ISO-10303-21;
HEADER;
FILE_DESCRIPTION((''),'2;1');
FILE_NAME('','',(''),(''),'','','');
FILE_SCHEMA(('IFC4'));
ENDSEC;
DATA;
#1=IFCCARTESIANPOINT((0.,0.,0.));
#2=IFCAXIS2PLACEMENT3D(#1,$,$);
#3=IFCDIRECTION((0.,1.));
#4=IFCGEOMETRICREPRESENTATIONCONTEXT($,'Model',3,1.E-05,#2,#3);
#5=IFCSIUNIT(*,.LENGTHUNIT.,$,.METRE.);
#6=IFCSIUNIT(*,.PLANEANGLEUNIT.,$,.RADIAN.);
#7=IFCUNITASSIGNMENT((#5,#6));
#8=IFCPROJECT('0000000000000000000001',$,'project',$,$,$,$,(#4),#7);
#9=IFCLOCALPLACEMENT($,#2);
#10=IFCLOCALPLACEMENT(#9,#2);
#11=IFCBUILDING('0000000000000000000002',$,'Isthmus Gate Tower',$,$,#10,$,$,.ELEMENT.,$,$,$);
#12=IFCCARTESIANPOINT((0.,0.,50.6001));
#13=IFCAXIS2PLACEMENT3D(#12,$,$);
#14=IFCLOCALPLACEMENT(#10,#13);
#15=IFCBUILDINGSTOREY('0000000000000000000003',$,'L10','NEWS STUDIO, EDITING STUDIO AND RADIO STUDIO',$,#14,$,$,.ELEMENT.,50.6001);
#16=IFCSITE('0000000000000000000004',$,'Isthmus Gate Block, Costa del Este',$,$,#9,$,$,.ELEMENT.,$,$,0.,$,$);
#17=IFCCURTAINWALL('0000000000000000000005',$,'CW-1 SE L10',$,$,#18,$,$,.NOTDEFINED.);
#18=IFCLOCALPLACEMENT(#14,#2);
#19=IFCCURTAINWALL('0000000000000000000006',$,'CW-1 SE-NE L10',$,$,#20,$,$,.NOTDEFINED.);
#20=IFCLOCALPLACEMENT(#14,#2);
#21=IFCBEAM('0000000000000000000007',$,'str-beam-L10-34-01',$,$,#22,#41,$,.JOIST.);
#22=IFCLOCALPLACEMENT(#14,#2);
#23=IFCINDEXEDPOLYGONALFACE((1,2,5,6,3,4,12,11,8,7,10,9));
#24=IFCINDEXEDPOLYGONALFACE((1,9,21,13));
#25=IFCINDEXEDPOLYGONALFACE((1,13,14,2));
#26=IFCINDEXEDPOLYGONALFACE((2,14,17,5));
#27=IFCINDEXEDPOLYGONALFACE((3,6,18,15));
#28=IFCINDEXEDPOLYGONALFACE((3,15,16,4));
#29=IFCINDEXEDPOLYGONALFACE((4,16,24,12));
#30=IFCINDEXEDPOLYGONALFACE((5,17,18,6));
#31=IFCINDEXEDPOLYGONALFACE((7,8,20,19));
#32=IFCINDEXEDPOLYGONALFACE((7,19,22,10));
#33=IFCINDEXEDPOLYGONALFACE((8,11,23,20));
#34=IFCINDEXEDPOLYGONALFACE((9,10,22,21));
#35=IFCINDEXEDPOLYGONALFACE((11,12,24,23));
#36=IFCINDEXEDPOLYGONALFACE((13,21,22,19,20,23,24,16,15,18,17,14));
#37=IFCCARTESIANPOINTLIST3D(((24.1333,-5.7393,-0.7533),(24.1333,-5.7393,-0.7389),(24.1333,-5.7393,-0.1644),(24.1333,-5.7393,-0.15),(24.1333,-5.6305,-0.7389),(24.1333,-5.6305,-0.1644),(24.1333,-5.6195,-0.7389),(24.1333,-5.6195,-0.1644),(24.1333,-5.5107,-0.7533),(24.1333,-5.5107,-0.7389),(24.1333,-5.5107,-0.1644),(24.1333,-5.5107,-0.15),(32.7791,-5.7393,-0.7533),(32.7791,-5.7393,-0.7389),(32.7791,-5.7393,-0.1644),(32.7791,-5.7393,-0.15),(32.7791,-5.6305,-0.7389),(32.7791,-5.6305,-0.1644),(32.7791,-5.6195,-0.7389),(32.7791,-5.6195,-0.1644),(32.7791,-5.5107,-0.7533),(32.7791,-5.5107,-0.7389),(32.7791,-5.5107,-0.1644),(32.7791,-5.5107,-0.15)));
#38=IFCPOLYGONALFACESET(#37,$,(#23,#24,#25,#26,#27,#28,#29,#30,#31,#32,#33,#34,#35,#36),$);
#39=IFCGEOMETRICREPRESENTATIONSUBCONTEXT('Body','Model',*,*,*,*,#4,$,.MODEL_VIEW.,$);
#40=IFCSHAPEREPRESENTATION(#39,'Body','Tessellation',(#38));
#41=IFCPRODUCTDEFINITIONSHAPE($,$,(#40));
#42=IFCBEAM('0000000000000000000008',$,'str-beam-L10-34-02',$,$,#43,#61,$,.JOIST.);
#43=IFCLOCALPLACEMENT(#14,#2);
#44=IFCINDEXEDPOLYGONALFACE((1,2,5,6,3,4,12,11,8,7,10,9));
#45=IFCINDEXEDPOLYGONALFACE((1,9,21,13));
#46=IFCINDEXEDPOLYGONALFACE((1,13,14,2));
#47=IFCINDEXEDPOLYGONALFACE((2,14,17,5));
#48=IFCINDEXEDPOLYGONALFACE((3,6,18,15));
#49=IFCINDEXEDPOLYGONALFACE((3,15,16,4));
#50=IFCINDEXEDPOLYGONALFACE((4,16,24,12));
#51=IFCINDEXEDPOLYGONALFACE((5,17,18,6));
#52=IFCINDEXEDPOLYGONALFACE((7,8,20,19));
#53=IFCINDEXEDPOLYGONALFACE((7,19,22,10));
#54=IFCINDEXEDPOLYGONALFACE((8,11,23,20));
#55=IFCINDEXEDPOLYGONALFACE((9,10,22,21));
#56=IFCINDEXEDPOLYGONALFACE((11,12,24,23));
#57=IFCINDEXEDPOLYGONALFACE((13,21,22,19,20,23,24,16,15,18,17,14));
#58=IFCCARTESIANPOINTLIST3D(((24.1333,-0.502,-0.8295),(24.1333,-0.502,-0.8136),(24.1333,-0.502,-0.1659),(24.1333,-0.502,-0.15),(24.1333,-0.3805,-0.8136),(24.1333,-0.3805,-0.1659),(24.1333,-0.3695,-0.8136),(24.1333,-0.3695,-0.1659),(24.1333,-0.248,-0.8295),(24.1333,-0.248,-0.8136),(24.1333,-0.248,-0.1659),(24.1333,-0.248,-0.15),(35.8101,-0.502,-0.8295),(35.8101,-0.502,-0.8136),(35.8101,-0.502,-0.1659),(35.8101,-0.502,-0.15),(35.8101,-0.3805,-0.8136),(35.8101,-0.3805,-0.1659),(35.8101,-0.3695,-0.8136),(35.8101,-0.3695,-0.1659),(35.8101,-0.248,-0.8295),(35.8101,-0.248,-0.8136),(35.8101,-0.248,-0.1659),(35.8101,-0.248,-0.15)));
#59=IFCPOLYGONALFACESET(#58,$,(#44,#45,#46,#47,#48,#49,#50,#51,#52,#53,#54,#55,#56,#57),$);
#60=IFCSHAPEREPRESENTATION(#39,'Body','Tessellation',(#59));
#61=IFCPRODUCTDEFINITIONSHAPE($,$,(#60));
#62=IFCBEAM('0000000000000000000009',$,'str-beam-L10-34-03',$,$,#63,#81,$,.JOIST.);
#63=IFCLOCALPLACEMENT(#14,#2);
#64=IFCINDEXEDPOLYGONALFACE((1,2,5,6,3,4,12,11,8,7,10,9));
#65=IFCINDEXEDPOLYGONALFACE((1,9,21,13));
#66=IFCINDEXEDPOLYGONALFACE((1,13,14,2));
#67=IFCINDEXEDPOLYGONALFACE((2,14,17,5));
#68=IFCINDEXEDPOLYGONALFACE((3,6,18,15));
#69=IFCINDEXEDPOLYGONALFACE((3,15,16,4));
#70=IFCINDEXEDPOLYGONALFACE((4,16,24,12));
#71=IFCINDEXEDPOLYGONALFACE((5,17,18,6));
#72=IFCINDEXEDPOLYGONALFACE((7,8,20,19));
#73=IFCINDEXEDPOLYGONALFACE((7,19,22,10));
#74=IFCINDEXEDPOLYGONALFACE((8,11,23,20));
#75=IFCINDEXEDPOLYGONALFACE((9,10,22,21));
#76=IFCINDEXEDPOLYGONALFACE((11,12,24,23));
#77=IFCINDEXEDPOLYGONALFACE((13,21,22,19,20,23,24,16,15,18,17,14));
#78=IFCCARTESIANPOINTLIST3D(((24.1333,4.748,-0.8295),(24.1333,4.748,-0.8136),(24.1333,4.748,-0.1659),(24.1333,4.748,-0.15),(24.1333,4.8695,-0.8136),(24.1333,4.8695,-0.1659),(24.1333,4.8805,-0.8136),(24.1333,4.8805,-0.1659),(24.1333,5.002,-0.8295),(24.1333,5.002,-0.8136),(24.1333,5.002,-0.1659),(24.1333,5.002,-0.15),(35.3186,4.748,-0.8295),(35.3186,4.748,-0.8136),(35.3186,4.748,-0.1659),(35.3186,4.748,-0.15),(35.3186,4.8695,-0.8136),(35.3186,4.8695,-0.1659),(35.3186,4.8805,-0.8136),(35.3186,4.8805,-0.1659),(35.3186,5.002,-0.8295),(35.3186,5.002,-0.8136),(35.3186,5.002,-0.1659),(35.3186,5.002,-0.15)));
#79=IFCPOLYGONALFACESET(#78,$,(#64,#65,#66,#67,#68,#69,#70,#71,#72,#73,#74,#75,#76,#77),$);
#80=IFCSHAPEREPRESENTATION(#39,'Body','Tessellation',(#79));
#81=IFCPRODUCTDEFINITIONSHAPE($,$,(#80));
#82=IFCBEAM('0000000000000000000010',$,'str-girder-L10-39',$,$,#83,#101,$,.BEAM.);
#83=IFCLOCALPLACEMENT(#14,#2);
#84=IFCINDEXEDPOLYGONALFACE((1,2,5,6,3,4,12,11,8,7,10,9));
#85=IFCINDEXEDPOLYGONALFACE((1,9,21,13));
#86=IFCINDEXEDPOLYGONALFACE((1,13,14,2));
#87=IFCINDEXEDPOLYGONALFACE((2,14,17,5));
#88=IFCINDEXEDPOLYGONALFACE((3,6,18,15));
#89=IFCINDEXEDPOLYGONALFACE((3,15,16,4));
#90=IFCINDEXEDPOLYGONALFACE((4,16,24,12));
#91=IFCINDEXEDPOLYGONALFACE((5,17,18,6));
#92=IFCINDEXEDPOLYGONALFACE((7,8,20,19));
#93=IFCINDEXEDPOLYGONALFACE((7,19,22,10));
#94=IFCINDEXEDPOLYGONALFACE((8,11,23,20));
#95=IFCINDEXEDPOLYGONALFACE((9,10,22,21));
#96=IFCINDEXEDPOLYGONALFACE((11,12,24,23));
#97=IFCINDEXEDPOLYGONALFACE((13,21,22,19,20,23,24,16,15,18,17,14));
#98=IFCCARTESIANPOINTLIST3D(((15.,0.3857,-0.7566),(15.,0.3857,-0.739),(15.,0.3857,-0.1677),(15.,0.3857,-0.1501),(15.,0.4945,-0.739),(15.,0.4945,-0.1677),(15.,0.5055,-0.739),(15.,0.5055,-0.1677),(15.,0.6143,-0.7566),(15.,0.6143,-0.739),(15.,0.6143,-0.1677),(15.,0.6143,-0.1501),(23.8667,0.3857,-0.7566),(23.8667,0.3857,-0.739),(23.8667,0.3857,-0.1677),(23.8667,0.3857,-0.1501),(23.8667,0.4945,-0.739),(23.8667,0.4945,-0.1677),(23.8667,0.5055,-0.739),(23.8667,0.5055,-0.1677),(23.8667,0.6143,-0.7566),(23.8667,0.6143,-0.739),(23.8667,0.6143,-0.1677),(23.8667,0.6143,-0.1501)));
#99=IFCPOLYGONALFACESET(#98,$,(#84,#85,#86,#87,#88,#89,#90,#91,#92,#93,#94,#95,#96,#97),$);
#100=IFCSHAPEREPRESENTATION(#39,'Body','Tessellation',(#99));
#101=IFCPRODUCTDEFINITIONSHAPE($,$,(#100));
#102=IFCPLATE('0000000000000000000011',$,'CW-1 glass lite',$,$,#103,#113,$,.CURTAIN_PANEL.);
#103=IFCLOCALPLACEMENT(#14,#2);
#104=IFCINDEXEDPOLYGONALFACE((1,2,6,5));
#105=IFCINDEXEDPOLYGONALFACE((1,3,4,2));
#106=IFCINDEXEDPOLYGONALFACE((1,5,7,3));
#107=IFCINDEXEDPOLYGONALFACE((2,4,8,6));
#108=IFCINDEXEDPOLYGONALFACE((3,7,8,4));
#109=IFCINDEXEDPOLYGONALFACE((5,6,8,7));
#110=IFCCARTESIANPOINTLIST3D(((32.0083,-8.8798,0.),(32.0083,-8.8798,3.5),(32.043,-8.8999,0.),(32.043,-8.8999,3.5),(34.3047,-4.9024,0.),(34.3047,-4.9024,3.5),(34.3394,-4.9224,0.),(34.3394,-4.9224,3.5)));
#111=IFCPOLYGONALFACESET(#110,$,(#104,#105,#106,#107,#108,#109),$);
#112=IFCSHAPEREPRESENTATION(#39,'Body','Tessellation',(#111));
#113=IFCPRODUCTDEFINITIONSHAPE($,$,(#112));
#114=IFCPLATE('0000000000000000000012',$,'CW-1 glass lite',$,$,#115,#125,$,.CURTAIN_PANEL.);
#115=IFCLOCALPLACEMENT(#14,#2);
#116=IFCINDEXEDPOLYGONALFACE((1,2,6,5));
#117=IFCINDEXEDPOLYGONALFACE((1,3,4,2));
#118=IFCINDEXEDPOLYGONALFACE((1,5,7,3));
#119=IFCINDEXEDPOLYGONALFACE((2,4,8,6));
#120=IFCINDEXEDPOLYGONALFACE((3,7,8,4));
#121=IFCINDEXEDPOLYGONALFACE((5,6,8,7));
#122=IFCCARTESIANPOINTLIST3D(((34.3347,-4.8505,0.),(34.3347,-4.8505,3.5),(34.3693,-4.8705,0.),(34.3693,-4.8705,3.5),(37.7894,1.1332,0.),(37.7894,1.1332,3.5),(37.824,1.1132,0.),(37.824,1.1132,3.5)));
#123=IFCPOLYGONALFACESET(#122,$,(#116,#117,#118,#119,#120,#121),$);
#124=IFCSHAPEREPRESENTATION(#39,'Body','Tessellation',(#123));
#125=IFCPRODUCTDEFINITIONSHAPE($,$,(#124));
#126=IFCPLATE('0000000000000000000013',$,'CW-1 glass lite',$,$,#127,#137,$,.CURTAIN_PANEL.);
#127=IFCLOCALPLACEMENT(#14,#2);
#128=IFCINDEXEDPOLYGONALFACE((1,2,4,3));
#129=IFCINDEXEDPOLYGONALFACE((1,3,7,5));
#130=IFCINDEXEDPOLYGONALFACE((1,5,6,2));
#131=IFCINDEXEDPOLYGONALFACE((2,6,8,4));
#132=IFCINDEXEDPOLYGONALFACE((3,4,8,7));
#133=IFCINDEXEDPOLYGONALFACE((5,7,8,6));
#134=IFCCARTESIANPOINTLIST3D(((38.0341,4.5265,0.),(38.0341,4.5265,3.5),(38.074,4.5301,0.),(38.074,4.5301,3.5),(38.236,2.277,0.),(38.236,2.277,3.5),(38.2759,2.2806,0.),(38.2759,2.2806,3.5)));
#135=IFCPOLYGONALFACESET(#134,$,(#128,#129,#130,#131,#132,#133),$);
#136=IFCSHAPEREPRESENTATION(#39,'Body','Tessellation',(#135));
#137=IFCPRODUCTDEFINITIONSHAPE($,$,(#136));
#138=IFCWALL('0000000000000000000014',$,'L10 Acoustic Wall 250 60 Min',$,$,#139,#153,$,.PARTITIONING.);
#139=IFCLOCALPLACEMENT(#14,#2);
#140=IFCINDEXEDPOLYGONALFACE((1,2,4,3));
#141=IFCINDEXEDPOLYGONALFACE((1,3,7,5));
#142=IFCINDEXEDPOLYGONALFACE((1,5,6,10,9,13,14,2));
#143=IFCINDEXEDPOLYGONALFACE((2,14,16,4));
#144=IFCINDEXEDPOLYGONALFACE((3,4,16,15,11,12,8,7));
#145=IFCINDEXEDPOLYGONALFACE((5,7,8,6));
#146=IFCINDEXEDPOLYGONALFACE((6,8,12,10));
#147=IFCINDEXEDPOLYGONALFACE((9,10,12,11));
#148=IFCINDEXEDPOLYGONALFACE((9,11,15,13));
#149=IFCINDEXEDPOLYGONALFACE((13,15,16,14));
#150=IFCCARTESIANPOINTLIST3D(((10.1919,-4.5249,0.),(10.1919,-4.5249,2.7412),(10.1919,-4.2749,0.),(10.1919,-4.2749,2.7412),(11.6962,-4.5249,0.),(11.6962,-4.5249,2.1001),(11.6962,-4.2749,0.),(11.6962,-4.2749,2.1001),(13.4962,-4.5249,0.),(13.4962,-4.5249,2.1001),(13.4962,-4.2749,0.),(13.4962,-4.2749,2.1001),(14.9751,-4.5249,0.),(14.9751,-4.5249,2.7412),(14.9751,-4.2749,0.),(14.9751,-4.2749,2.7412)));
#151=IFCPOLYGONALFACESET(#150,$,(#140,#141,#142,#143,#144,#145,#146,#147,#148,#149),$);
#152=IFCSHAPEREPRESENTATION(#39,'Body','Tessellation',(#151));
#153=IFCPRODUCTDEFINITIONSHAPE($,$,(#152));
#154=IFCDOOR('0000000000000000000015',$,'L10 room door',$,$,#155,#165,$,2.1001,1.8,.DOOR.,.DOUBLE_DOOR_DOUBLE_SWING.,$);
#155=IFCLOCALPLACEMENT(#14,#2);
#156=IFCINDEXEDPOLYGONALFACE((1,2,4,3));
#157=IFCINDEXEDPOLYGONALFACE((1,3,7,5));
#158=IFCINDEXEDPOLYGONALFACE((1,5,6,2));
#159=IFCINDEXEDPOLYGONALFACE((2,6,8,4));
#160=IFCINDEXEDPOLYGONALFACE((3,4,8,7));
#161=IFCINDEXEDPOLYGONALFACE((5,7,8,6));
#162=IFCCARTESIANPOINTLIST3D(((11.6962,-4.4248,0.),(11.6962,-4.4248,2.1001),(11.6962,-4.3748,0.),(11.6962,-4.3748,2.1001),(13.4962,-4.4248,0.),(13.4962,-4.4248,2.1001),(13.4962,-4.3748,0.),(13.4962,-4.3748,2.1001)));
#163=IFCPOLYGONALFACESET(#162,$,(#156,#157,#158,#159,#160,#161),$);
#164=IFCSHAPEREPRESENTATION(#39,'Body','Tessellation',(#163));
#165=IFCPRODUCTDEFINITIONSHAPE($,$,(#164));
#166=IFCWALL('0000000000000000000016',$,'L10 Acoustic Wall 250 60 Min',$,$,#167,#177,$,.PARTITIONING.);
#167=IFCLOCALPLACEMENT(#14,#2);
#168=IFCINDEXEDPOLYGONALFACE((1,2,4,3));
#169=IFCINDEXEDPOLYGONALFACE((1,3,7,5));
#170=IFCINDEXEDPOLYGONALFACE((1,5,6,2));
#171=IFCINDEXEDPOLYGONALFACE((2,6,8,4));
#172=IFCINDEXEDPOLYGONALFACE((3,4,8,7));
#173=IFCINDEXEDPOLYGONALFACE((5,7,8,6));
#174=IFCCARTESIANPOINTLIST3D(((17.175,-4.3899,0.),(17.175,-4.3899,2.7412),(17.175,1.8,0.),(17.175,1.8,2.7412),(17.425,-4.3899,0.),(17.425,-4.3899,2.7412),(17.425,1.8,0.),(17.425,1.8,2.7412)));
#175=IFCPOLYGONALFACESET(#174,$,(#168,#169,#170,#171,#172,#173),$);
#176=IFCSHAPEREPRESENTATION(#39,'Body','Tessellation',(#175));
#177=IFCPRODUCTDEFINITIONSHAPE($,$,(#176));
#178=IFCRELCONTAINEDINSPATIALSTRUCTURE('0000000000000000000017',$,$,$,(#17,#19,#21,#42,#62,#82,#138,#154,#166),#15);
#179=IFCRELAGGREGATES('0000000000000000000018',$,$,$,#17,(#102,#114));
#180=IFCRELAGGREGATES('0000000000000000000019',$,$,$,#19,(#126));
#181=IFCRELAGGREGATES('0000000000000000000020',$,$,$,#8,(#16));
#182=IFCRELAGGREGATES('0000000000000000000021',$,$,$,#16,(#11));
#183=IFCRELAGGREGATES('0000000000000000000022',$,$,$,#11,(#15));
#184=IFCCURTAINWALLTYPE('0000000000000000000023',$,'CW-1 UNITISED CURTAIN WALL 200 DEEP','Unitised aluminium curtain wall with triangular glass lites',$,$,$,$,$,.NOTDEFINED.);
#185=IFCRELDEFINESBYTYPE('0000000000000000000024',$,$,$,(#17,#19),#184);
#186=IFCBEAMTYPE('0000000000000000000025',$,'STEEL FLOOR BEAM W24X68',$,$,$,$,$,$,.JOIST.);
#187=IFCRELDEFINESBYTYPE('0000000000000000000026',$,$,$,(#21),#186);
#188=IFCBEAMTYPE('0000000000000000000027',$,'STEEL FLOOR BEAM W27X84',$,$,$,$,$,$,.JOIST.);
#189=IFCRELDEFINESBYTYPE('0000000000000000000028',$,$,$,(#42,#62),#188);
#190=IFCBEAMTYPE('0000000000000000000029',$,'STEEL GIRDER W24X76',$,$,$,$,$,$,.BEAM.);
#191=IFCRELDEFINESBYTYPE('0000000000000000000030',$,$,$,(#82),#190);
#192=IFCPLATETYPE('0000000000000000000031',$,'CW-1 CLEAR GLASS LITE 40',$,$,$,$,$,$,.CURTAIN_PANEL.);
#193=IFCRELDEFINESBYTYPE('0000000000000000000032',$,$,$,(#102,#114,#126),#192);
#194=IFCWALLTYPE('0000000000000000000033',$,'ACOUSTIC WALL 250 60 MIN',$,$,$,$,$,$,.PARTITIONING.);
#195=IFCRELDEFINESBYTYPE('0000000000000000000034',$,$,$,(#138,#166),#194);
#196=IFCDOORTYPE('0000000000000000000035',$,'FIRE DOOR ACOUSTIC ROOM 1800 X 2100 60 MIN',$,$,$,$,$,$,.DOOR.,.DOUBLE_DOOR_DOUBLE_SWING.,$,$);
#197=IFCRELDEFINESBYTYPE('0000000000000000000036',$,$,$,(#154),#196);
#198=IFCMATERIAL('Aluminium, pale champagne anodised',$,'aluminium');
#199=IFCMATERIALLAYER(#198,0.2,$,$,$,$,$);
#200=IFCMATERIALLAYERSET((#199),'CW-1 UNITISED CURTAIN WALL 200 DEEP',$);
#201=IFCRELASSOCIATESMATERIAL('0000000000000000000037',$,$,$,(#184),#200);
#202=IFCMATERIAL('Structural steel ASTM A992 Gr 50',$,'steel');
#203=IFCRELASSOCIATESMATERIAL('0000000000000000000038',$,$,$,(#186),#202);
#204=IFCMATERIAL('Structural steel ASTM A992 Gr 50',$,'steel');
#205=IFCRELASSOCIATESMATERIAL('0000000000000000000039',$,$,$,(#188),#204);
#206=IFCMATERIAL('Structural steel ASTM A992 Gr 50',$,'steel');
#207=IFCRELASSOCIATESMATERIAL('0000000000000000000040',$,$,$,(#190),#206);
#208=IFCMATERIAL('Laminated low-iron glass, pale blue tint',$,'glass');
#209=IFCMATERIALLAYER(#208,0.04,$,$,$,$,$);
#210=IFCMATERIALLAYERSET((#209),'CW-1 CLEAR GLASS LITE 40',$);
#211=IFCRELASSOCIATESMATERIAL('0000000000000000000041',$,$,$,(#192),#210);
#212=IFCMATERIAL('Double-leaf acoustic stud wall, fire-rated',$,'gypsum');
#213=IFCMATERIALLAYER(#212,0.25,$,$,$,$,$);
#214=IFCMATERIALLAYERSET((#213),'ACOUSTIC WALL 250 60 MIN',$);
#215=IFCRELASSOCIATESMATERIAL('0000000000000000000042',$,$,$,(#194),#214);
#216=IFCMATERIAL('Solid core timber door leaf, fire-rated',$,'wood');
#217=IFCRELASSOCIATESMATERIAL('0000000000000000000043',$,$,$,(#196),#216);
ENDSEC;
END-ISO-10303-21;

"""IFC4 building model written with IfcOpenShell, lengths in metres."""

from ifc_helpers import new_model, si_unit, direction, frame, frame_2d, origin, origin_2d, place, context, subcontext, project, spatial, rectangle, i_section, extrude, material, layer, layer_set, material_profile, profile_set, type_object, element, fill, aggregate, save


model = new_model("IFC4")

# Units and contexts
model_context = context("Model", 3, precision=1e-05, world=origin(), true_north=direction((0.0, 1.0)))
body_context = subcontext(model_context, "Body", "Model", "MODEL_VIEW")
ifc_project = project(units=[si_unit("LENGTHUNIT", "METRE"), si_unit("PLANEANGLEUNIT", "RADIAN")], contexts=[model_context])

# Site, building, storey
site_placement = place(None, origin())
site = spatial("IfcSite", under=ifc_project, at=site_placement, Name="Isthmus Gate Block, Costa del Este", CompositionType="ELEMENT", RefElevation=0.0)
building_placement = place(site_placement, origin())
building = spatial("IfcBuilding", under=site, at=building_placement, Name="Isthmus Gate Tower", CompositionType="ELEMENT")
storey_placement = place(building_placement, frame((0.0, 0.0, 50.6001)))
storey = spatial("IfcBuildingStorey", under=building, at=storey_placement, Name="L10", Description="NEWS STUDIO, EDITING STUDIO AND RADIO STUDIO", CompositionType="ELEMENT", Elevation=50.6001)

# Curtain walls
ifc_material_1 = material(Name="Aluminium, pale champagne anodised", Category="aluminium")
ifc_layer_1 = layer(ifc_material_1, 0.2)
ifc_layer_set_1 = layer_set([ifc_layer_1], Name="CW-1 UNITISED CURTAIN WALL 200 DEEP")
curtain_wall_type = type_object("IfcCurtainWallType", Name="CW-1 UNITISED CURTAIN WALL 200 DEEP", Description="Unitised aluminium curtain wall with triangular glass lites", PredefinedType="NOTDEFINED", material=ifc_layer_set_1)
curtain_wall_1_placement = place(storey_placement, origin())
curtain_wall_1 = element("IfcCurtainWall", 1, at=curtain_wall_1_placement, inside=storey, type_object=curtain_wall_type, Name="CW-1 SE L10", PredefinedType="NOTDEFINED")
curtain_wall_2_placement = place(storey_placement, origin())
curtain_wall_2 = element("IfcCurtainWall", 2, at=curtain_wall_2_placement, inside=storey, type_object=curtain_wall_type, Name="CW-1 SE-NE L10", PredefinedType="NOTDEFINED")

# Beams
ifc_material_2 = material(Name="Structural steel ASTM A992 Gr 50", Category="steel")
ifc_material_profile_1 = material_profile(ifc_material_2, i_section(OverallWidth=0.2285, OverallDepth=0.6033, WebThickness=0.011, FlangeThickness=0.0144, at=origin_2d()), Name="W24X68")
ifc_profile_set_1 = profile_set([ifc_material_profile_1], Name="Structural steel ASTM A992 Gr 50")
beam_type_1 = type_object("IfcBeamType", Name="STEEL FLOOR BEAM W24X68", PredefinedType="JOIST", material=ifc_profile_set_1)
beam_1_placement = place(storey_placement, frame((24.1333, -5.625, -0.4517), z_axis=(1.0, 0.0, 0.0), x_axis=(0.0, 1.0, 0.0)))
element("IfcBeam", 3, at=beam_1_placement, inside=storey, type_object=beam_type_1, Name="str-beam-L10-34-01", PredefinedType="JOIST", context=body_context, shape_type="SweptSolid", body=[
    extrude(i_section(OverallWidth=0.2285, OverallDepth=0.6033, WebThickness=0.011, FlangeThickness=0.0144, at=origin_2d()), origin(), (0.0, 0.0, 1.0), 8.6458),
])
ifc_material_3 = material(Name="Structural steel ASTM A992 Gr 50", Category="steel")
ifc_material_profile_2 = material_profile(ifc_material_3, i_section(OverallWidth=0.2539, OverallDepth=0.6794, WebThickness=0.011, FlangeThickness=0.0159, at=origin_2d()), Name="W27X84")
ifc_profile_set_2 = profile_set([ifc_material_profile_2], Name="Structural steel ASTM A992 Gr 50")
beam_type_2 = type_object("IfcBeamType", Name="STEEL FLOOR BEAM W27X84", PredefinedType="JOIST", material=ifc_profile_set_2)
beam_2_placement = place(storey_placement, frame((24.1333, -0.375, -0.4897), z_axis=(1.0, 0.0, 0.0), x_axis=(0.0, 1.0, 0.0)))
element("IfcBeam", 4, at=beam_2_placement, inside=storey, type_object=beam_type_2, Name="str-beam-L10-34-02", PredefinedType="JOIST", context=body_context, shape_type="SweptSolid", body=[
    extrude(i_section(OverallWidth=0.2539, OverallDepth=0.6794, WebThickness=0.011, FlangeThickness=0.0159, at=origin_2d()), origin(), (0.0, 0.0, 1.0), 11.6768),
])
beam_3_placement = place(storey_placement, frame((24.1333, 4.875, -0.4897), z_axis=(1.0, 0.0, 0.0), x_axis=(0.0, 1.0, 0.0)))
element("IfcBeam", 5, at=beam_3_placement, inside=storey, type_object=beam_type_2, Name="str-beam-L10-34-03", PredefinedType="JOIST", context=body_context, shape_type="SweptSolid", body=[
    extrude(i_section(OverallWidth=0.2539, OverallDepth=0.6794, WebThickness=0.011, FlangeThickness=0.0159, at=origin_2d()), origin(), (0.0, 0.0, 1.0), 11.1853),
])
ifc_material_4 = material(Name="Structural steel ASTM A992 Gr 50", Category="steel")
ifc_material_profile_3 = material_profile(ifc_material_4, i_section(OverallWidth=0.2285, OverallDepth=0.6064, WebThickness=0.011, FlangeThickness=0.0176, at=origin_2d()), Name="W24X76")
ifc_profile_set_3 = profile_set([ifc_material_profile_3], Name="Structural steel ASTM A992 Gr 50")
beam_type_3 = type_object("IfcBeamType", Name="STEEL GIRDER W24X76", PredefinedType="BEAM", material=ifc_profile_set_3)
beam_4_placement = place(storey_placement, frame((15.0, 0.5, -0.4534), z_axis=(1.0, 0.0, 0.0), x_axis=(0.0, 1.0, 0.0)))
element("IfcBeam", 6, at=beam_4_placement, inside=storey, type_object=beam_type_3, Name="str-girder-L10-39", PredefinedType="BEAM", context=body_context, shape_type="SweptSolid", body=[
    extrude(i_section(OverallWidth=0.2285, OverallDepth=0.6064, WebThickness=0.011, FlangeThickness=0.0176, at=origin_2d()), origin(), (0.0, 0.0, 1.0), 8.8667),
])

# Plates
ifc_material_5 = material(Name="Laminated low-iron glass, pale blue tint", Category="glass")
ifc_layer_2 = layer(ifc_material_5, 0.04)
ifc_layer_set_2 = layer_set([ifc_layer_2], Name="CW-1 CLEAR GLASS LITE 40")
plate_type = type_object("IfcPlateType", Name="CW-1 CLEAR GLASS LITE 40", PredefinedType="CURTAIN_PANEL", material=ifc_layer_set_2)
plate_1_placement = place(storey_placement, frame((33.1738, -6.9011, 0.0), z_axis=(0.0, 0.0, 1.0), x_axis=(0.5, 0.866025, 0.0)))
plate_1 = element("IfcPlate", 7, at=plate_1_placement, type_object=plate_type, Name="CW-1 glass lite", PredefinedType="CURTAIN_PANEL", context=body_context, shape_type="SweptSolid", body=[
    extrude(rectangle(XDim=4.5928, YDim=0.04, at=origin_2d()), origin(), (0.0, 0.0, 1.0), 3.5),
])
plate_2_placement = place(storey_placement, frame((36.0793, -1.8687, 0.0), z_axis=(0.0, 0.0, 1.0), x_axis=(0.5, 0.866025, 0.0)))
plate_2 = element("IfcPlate", 8, at=plate_2_placement, type_object=plate_type, Name="CW-1 glass lite", PredefinedType="CURTAIN_PANEL", context=body_context, shape_type="SweptSolid", body=[
    extrude(rectangle(XDim=6.9094, YDim=0.04, at=origin_2d()), origin(), (0.0, 0.0, 1.0), 3.5),
])
aggregate(curtain_wall_1, [plate_1, plate_2])
plate_3_placement = place(storey_placement, frame((38.155, 3.4036, 0.0), z_axis=(0.0, 0.0, 1.0), x_axis=(-0.089397, 0.995996, 0.0)))
plate_3 = element("IfcPlate", 9, at=plate_3_placement, type_object=plate_type, Name="CW-1 glass lite", PredefinedType="CURTAIN_PANEL", context=body_context, shape_type="SweptSolid", body=[
    extrude(rectangle(XDim=2.2585, YDim=0.04, at=origin_2d()), origin(), (0.0, 0.0, 1.0), 3.5),
])
aggregate(curtain_wall_2, [plate_3])

# Wall, opening, door
ifc_material_6 = material(Name="Double-leaf acoustic stud wall, fire-rated", Category="gypsum")
ifc_layer_3 = layer(ifc_material_6, 0.25)
ifc_layer_set_3 = layer_set([ifc_layer_3], Name="ACOUSTIC WALL 250 60 MIN")
wall_type_1 = type_object("IfcWallType", Name="ACOUSTIC WALL 250 60 MIN", PredefinedType="PARTITIONING", material=ifc_layer_set_3)
wall_1_placement = place(storey_placement, frame((14.9751, -4.3999, 0.0), z_axis=(0.0, 0.0, 1.0), x_axis=(-1.0, 0.0, 0.0)))
wall_1 = element("IfcWall", 10, at=wall_1_placement, inside=storey, type_object=wall_type_1, Name="L10 Acoustic Wall 250 60 Min", PredefinedType="PARTITIONING", context=body_context, shape_type="SweptSolid", body=[
    extrude(rectangle(XDim=4.7832, YDim=0.25, at=frame_2d((2.3916, 0.0))), origin(), (0.0, 0.0, 1.0), 2.7412),
])
opening_1_placement = place(wall_1_placement, frame((1.479, 0.0, 0.0)))
opening_1 = element("IfcOpeningElement", 11, at=opening_1_placement, cuts=wall_1, PredefinedType="OPENING", context=body_context, shape_type="SweptSolid", body=[
    extrude(rectangle(XDim=1.8, YDim=2.1001, at=frame_2d((0.8999, 1.05))), frame((0.0, 0.135, 0.0), z_axis=(0.0, -1.0, 0.0), x_axis=(1.0, 0.0, 0.0)), (0.0, 0.0, 1.0), 0.27),
])
ifc_material_7 = material(Name="Solid core timber door leaf, fire-rated", Category="wood")
door_type_1 = type_object("IfcDoorType", Name="FIRE DOOR ACOUSTIC ROOM 1800 X 2100 60 MIN", OperationType="DOUBLE_DOOR_DOUBLE_SWING", PredefinedType="DOOR", material=ifc_material_7)
door_1_placement = place(opening_1_placement, origin())
door_1 = element("IfcDoor", 12, at=door_1_placement, inside=storey, type_object=door_type_1, Name="L10 room door", OperationType="DOUBLE_DOOR_DOUBLE_SWING", OverallHeight=2.1001, OverallWidth=1.8, PredefinedType="DOOR", context=body_context, shape_type="SweptSolid", body=[
    extrude(rectangle(XDim=1.8, YDim=2.1001, at=frame_2d((0.8999, 1.05))), frame((0.0, 0.0249, 0.0), z_axis=(0.0, -1.0, 0.0), x_axis=(1.0, 0.0, 0.0)), (0.0, 0.0, 1.0), 0.05),
])
fill(opening_1, door_1)

# Wall
wall_2_placement = place(storey_placement, frame((17.3, 1.8, 0.0), z_axis=(0.0, 0.0, 1.0), x_axis=(0.0, -1.0, 0.0)))
element("IfcWall", 13, at=wall_2_placement, inside=storey, type_object=wall_type_1, Name="L10 Acoustic Wall 250 60 Min", PredefinedType="PARTITIONING", context=body_context, shape_type="SweptSolid", body=[
    extrude(rectangle(XDim=6.1899, YDim=0.25, at=frame_2d((3.095, 0.0))), origin(), (0.0, 0.0, 1.0), 2.7412),
])

save(model, "model.ifc")
